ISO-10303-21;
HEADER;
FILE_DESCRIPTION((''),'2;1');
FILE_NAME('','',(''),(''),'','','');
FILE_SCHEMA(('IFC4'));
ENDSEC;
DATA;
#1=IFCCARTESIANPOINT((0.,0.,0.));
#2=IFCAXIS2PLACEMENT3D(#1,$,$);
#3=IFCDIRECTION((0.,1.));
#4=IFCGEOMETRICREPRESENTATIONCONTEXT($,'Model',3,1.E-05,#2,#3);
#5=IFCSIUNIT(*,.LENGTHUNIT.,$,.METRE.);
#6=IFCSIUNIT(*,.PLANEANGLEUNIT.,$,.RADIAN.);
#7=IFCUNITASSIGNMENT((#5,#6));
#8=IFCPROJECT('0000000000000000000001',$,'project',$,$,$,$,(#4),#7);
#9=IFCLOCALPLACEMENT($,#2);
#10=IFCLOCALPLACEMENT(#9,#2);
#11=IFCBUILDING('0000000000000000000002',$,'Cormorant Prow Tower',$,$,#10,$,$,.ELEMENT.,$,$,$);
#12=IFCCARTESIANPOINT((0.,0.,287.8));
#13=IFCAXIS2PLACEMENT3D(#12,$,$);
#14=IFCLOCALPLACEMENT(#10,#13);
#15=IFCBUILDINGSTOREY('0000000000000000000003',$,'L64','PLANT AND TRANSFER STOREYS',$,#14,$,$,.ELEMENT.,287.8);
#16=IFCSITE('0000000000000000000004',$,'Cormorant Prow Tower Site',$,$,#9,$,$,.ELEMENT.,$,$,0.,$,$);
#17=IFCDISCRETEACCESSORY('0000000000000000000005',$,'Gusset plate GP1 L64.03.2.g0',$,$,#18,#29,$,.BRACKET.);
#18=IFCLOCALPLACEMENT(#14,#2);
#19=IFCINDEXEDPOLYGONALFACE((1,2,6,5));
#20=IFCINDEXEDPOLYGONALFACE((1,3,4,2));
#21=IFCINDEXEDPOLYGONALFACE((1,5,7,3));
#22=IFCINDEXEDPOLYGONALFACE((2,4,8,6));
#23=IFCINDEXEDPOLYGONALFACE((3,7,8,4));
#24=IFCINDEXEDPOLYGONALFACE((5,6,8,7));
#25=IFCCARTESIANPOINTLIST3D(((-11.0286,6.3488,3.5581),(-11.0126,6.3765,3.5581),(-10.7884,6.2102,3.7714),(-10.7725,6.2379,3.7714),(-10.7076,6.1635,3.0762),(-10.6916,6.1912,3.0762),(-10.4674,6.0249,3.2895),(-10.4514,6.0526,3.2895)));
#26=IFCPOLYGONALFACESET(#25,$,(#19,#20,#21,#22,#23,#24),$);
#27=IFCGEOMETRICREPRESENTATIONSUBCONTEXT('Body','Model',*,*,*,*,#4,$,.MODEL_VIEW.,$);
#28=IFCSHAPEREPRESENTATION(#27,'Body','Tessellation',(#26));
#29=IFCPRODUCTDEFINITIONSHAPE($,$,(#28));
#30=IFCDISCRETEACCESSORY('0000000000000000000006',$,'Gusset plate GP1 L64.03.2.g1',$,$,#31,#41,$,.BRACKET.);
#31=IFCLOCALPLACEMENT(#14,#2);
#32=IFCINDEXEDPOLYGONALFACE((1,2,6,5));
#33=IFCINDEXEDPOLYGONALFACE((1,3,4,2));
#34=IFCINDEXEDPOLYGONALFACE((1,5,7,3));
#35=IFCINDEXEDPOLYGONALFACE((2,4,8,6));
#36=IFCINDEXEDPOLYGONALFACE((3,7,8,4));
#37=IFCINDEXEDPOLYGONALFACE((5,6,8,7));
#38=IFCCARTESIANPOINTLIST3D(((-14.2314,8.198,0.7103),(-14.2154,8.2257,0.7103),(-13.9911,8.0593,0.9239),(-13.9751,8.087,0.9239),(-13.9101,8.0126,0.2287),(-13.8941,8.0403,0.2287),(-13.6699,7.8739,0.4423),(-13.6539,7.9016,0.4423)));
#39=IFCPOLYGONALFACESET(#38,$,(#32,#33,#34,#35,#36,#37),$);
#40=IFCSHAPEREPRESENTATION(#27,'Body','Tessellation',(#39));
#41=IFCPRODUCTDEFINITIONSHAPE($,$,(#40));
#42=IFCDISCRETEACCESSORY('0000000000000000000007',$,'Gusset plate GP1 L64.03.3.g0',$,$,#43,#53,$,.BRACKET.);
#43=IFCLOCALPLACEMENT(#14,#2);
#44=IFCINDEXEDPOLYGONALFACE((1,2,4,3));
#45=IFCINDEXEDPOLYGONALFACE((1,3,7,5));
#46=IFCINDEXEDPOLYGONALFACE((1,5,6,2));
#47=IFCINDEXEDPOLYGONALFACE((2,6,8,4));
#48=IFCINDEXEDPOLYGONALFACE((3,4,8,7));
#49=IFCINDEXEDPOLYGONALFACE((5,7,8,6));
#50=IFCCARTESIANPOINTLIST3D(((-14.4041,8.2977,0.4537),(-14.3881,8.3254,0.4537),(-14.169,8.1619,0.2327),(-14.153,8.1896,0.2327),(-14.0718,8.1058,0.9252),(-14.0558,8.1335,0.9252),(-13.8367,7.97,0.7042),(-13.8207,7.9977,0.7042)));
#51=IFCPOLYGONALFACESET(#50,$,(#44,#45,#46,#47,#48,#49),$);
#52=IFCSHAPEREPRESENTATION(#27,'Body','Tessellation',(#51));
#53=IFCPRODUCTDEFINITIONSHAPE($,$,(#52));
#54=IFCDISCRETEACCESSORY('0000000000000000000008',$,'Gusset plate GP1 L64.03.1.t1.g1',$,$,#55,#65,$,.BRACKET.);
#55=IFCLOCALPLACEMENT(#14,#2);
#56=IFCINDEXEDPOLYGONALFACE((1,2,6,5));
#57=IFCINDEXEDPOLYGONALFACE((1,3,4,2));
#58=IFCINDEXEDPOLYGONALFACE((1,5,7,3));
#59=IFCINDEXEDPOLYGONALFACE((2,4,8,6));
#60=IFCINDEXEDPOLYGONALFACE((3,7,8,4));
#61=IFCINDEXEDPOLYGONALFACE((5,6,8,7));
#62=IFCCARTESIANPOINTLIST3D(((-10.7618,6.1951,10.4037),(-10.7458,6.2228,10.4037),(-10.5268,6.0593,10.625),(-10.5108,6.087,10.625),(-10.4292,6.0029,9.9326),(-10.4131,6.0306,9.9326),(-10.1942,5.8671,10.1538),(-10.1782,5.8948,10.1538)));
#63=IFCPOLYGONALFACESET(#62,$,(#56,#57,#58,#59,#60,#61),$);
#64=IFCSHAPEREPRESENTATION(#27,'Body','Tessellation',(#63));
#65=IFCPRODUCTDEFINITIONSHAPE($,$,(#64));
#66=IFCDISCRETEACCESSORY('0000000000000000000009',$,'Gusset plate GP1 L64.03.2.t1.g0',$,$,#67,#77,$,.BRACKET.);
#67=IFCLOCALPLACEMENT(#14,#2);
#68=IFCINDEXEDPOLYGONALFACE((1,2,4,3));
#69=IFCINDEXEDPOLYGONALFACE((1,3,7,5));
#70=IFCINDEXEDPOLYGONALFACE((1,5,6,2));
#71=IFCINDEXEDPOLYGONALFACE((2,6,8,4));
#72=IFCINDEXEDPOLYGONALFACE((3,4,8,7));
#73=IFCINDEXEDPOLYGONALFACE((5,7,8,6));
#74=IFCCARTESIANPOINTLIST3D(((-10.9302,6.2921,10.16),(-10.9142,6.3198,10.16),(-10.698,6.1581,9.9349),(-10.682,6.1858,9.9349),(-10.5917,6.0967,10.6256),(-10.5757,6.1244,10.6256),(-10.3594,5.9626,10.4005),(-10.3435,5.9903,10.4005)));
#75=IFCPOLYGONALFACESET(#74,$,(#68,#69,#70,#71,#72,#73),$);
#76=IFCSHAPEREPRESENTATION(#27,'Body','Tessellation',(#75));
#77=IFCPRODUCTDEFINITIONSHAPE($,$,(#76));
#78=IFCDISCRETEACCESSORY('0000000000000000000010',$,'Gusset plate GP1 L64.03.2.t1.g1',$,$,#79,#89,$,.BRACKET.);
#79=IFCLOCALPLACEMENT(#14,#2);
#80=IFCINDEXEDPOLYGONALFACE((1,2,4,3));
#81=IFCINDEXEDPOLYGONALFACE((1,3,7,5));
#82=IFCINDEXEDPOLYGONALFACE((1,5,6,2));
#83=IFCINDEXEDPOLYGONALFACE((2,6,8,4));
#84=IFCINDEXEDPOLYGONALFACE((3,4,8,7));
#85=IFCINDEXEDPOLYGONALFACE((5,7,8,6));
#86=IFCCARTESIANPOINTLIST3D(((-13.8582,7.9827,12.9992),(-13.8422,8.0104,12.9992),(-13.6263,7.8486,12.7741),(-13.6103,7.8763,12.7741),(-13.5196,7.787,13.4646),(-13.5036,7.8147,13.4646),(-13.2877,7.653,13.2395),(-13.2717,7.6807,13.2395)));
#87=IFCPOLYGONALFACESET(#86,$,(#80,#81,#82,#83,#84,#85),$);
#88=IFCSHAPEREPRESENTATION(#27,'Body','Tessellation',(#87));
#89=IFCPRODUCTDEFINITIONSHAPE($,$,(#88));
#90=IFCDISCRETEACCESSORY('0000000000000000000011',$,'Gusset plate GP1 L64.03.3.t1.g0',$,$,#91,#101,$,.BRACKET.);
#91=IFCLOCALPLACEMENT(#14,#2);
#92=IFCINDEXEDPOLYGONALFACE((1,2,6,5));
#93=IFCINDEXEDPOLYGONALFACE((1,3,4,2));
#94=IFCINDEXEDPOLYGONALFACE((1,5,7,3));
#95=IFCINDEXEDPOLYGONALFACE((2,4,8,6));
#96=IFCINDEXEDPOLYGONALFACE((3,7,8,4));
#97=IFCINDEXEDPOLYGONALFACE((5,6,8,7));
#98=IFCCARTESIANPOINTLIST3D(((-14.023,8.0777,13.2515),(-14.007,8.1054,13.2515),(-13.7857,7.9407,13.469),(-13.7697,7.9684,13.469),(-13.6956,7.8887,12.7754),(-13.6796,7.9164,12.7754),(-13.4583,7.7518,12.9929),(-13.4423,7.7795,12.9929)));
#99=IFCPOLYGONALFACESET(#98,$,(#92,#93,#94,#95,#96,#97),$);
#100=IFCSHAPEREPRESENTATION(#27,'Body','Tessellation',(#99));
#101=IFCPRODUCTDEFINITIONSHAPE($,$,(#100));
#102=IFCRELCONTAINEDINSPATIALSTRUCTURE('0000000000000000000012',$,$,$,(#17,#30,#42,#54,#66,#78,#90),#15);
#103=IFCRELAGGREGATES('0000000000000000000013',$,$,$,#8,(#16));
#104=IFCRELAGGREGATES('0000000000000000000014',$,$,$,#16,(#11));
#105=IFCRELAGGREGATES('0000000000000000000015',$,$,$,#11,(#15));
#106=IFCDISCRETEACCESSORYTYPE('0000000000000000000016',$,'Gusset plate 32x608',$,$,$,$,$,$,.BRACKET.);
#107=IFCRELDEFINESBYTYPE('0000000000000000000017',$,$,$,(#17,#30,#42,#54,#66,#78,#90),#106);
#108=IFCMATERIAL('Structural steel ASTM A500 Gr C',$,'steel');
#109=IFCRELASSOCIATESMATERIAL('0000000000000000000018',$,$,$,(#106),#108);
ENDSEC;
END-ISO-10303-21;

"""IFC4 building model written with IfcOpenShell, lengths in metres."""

from ifc_helpers import new_model, si_unit, direction, frame, origin, origin_2d, place, context, subcontext, project, spatial, rectangle, extrude, material, material_profile, profile_set, type_object, element, save


model = new_model("IFC4")

# Units and contexts
model_context = context("Model", 3, precision=1e-05, world=origin(), true_north=direction((0.0, 1.0)))
body_context = subcontext(model_context, "Body", "Model", "MODEL_VIEW")
ifc_project = project(units=[si_unit("LENGTHUNIT", "METRE"), si_unit("PLANEANGLEUNIT", "RADIAN")], contexts=[model_context])

# Site, building, storey
site_placement = place(None, origin())
site = spatial("IfcSite", under=ifc_project, at=site_placement, Name="Cormorant Prow Tower Site", CompositionType="ELEMENT", RefElevation=0.0)
building_placement = place(site_placement, origin())
building = spatial("IfcBuilding", under=site, at=building_placement, Name="Cormorant Prow Tower", CompositionType="ELEMENT")
storey_placement = place(building_placement, frame((0.0, 0.0, 287.8)))
storey = spatial("IfcBuildingStorey", under=building, at=storey_placement, Name="L64", Description="PLANT AND TRANSFER STOREYS", CompositionType="ELEMENT", Elevation=287.8)

# Discrete accessories
ifc_material_1 = material(Name="Structural steel ASTM A500 Gr C", Category="steel")
ifc_material_profile_1 = material_profile(ifc_material_1, rectangle(XDim=0.032, YDim=0.6079, at=origin_2d()), Name="Gusset plate 32x608")
ifc_profile_set_1 = profile_set([ifc_material_profile_1], Name="Structural steel ASTM A500 Gr C")
discrete_accessory_type_1 = type_object("IfcDiscreteAccessoryType", Name="Gusset plate 32x608", PredefinedType="BRACKET", material=ifc_profile_set_1)
for number, where, z_axis, x_axis, name in (
    (1, (-10.8601, 6.27, 3.3171), (0.68646, -0.396249, 0.609721), (0.499926, 0.866068, 0.0), "Gusset plate GP1 L64.03.2.g0"),
):
    element("IfcDiscreteAccessory", number, at=place(storey_placement, frame(where, z_axis=z_axis, x_axis=x_axis)), inside=storey, type_object=discrete_accessory_type_1, Name=name, PredefinedType="BRACKET", context=body_context, shape_type="SweptSolid", body=[
        extrude(rectangle(XDim=0.032, YDim=0.6079, at=origin_2d()), origin(), (0.0, 0.0, 1.0), 0.3499),
    ])
for number, where, z_axis, x_axis, name in (
    (2, (-13.8225, 7.9805, 0.6831), (-0.686168, 0.39608, -0.610159), (-0.499926, -0.866068, 0.0), "Gusset plate GP1 L64.03.2.g1"),
    (3, (-14.23, 8.2156, 0.6895), (0.671683, -0.387805, -0.631229), (0.500008, 0.866021, 0.0), "Gusset plate GP1 L64.03.3.g0"),
    (4, (-10.3525, 5.9771, 10.3894), (-0.671004, 0.387815, -0.631944), (-0.500398, -0.865796, 0.0), "Gusset plate GP1 L64.03.1.t1.g1"),
    (5, (-10.7529, 6.2083, 10.3928), (0.663256, -0.382889, -0.64303), (0.499959, 0.866049, 0.0), "Gusset plate GP1 L64.03.2.t1.g0"),
):
    element("IfcDiscreteAccessory", number, at=place(storey_placement, frame(where, z_axis=z_axis, x_axis=x_axis)), inside=storey, type_object=discrete_accessory_type_1, Name=name, PredefinedType="BRACKET", context=body_context, shape_type="SweptSolid", body=[
        extrude(rectangle(XDim=0.032, YDim=0.6079, at=origin_2d()), origin(), (0.0, 0.0, 1.0), 0.3501),
    ])
for number, where, z_axis, x_axis, name in (
    (6, (-13.449, 7.7646, 13.0068), (-0.662865, 0.383066, 0.643328), (-0.500354, -0.865821, 0.0), "Gusset plate GP1 L64.03.2.t1.g1"),
    (7, (-13.8513, 7.9971, 13.0134), (0.678314, -0.391496, 0.621788), (0.499877, 0.866097, 0.0), "Gusset plate GP1 L64.03.3.t1.g0"),
):
    element("IfcDiscreteAccessory", number, at=place(storey_placement, frame(where, z_axis=z_axis, x_axis=x_axis)), inside=storey, type_object=discrete_accessory_type_1, Name=name, PredefinedType="BRACKET", context=body_context, shape_type="SweptSolid", body=[
        extrude(rectangle(XDim=0.032, YDim=0.6079, at=origin_2d()), origin(), (0.0, 0.0, 1.0), 0.3499),
    ])

save(model, "model.ifc")
